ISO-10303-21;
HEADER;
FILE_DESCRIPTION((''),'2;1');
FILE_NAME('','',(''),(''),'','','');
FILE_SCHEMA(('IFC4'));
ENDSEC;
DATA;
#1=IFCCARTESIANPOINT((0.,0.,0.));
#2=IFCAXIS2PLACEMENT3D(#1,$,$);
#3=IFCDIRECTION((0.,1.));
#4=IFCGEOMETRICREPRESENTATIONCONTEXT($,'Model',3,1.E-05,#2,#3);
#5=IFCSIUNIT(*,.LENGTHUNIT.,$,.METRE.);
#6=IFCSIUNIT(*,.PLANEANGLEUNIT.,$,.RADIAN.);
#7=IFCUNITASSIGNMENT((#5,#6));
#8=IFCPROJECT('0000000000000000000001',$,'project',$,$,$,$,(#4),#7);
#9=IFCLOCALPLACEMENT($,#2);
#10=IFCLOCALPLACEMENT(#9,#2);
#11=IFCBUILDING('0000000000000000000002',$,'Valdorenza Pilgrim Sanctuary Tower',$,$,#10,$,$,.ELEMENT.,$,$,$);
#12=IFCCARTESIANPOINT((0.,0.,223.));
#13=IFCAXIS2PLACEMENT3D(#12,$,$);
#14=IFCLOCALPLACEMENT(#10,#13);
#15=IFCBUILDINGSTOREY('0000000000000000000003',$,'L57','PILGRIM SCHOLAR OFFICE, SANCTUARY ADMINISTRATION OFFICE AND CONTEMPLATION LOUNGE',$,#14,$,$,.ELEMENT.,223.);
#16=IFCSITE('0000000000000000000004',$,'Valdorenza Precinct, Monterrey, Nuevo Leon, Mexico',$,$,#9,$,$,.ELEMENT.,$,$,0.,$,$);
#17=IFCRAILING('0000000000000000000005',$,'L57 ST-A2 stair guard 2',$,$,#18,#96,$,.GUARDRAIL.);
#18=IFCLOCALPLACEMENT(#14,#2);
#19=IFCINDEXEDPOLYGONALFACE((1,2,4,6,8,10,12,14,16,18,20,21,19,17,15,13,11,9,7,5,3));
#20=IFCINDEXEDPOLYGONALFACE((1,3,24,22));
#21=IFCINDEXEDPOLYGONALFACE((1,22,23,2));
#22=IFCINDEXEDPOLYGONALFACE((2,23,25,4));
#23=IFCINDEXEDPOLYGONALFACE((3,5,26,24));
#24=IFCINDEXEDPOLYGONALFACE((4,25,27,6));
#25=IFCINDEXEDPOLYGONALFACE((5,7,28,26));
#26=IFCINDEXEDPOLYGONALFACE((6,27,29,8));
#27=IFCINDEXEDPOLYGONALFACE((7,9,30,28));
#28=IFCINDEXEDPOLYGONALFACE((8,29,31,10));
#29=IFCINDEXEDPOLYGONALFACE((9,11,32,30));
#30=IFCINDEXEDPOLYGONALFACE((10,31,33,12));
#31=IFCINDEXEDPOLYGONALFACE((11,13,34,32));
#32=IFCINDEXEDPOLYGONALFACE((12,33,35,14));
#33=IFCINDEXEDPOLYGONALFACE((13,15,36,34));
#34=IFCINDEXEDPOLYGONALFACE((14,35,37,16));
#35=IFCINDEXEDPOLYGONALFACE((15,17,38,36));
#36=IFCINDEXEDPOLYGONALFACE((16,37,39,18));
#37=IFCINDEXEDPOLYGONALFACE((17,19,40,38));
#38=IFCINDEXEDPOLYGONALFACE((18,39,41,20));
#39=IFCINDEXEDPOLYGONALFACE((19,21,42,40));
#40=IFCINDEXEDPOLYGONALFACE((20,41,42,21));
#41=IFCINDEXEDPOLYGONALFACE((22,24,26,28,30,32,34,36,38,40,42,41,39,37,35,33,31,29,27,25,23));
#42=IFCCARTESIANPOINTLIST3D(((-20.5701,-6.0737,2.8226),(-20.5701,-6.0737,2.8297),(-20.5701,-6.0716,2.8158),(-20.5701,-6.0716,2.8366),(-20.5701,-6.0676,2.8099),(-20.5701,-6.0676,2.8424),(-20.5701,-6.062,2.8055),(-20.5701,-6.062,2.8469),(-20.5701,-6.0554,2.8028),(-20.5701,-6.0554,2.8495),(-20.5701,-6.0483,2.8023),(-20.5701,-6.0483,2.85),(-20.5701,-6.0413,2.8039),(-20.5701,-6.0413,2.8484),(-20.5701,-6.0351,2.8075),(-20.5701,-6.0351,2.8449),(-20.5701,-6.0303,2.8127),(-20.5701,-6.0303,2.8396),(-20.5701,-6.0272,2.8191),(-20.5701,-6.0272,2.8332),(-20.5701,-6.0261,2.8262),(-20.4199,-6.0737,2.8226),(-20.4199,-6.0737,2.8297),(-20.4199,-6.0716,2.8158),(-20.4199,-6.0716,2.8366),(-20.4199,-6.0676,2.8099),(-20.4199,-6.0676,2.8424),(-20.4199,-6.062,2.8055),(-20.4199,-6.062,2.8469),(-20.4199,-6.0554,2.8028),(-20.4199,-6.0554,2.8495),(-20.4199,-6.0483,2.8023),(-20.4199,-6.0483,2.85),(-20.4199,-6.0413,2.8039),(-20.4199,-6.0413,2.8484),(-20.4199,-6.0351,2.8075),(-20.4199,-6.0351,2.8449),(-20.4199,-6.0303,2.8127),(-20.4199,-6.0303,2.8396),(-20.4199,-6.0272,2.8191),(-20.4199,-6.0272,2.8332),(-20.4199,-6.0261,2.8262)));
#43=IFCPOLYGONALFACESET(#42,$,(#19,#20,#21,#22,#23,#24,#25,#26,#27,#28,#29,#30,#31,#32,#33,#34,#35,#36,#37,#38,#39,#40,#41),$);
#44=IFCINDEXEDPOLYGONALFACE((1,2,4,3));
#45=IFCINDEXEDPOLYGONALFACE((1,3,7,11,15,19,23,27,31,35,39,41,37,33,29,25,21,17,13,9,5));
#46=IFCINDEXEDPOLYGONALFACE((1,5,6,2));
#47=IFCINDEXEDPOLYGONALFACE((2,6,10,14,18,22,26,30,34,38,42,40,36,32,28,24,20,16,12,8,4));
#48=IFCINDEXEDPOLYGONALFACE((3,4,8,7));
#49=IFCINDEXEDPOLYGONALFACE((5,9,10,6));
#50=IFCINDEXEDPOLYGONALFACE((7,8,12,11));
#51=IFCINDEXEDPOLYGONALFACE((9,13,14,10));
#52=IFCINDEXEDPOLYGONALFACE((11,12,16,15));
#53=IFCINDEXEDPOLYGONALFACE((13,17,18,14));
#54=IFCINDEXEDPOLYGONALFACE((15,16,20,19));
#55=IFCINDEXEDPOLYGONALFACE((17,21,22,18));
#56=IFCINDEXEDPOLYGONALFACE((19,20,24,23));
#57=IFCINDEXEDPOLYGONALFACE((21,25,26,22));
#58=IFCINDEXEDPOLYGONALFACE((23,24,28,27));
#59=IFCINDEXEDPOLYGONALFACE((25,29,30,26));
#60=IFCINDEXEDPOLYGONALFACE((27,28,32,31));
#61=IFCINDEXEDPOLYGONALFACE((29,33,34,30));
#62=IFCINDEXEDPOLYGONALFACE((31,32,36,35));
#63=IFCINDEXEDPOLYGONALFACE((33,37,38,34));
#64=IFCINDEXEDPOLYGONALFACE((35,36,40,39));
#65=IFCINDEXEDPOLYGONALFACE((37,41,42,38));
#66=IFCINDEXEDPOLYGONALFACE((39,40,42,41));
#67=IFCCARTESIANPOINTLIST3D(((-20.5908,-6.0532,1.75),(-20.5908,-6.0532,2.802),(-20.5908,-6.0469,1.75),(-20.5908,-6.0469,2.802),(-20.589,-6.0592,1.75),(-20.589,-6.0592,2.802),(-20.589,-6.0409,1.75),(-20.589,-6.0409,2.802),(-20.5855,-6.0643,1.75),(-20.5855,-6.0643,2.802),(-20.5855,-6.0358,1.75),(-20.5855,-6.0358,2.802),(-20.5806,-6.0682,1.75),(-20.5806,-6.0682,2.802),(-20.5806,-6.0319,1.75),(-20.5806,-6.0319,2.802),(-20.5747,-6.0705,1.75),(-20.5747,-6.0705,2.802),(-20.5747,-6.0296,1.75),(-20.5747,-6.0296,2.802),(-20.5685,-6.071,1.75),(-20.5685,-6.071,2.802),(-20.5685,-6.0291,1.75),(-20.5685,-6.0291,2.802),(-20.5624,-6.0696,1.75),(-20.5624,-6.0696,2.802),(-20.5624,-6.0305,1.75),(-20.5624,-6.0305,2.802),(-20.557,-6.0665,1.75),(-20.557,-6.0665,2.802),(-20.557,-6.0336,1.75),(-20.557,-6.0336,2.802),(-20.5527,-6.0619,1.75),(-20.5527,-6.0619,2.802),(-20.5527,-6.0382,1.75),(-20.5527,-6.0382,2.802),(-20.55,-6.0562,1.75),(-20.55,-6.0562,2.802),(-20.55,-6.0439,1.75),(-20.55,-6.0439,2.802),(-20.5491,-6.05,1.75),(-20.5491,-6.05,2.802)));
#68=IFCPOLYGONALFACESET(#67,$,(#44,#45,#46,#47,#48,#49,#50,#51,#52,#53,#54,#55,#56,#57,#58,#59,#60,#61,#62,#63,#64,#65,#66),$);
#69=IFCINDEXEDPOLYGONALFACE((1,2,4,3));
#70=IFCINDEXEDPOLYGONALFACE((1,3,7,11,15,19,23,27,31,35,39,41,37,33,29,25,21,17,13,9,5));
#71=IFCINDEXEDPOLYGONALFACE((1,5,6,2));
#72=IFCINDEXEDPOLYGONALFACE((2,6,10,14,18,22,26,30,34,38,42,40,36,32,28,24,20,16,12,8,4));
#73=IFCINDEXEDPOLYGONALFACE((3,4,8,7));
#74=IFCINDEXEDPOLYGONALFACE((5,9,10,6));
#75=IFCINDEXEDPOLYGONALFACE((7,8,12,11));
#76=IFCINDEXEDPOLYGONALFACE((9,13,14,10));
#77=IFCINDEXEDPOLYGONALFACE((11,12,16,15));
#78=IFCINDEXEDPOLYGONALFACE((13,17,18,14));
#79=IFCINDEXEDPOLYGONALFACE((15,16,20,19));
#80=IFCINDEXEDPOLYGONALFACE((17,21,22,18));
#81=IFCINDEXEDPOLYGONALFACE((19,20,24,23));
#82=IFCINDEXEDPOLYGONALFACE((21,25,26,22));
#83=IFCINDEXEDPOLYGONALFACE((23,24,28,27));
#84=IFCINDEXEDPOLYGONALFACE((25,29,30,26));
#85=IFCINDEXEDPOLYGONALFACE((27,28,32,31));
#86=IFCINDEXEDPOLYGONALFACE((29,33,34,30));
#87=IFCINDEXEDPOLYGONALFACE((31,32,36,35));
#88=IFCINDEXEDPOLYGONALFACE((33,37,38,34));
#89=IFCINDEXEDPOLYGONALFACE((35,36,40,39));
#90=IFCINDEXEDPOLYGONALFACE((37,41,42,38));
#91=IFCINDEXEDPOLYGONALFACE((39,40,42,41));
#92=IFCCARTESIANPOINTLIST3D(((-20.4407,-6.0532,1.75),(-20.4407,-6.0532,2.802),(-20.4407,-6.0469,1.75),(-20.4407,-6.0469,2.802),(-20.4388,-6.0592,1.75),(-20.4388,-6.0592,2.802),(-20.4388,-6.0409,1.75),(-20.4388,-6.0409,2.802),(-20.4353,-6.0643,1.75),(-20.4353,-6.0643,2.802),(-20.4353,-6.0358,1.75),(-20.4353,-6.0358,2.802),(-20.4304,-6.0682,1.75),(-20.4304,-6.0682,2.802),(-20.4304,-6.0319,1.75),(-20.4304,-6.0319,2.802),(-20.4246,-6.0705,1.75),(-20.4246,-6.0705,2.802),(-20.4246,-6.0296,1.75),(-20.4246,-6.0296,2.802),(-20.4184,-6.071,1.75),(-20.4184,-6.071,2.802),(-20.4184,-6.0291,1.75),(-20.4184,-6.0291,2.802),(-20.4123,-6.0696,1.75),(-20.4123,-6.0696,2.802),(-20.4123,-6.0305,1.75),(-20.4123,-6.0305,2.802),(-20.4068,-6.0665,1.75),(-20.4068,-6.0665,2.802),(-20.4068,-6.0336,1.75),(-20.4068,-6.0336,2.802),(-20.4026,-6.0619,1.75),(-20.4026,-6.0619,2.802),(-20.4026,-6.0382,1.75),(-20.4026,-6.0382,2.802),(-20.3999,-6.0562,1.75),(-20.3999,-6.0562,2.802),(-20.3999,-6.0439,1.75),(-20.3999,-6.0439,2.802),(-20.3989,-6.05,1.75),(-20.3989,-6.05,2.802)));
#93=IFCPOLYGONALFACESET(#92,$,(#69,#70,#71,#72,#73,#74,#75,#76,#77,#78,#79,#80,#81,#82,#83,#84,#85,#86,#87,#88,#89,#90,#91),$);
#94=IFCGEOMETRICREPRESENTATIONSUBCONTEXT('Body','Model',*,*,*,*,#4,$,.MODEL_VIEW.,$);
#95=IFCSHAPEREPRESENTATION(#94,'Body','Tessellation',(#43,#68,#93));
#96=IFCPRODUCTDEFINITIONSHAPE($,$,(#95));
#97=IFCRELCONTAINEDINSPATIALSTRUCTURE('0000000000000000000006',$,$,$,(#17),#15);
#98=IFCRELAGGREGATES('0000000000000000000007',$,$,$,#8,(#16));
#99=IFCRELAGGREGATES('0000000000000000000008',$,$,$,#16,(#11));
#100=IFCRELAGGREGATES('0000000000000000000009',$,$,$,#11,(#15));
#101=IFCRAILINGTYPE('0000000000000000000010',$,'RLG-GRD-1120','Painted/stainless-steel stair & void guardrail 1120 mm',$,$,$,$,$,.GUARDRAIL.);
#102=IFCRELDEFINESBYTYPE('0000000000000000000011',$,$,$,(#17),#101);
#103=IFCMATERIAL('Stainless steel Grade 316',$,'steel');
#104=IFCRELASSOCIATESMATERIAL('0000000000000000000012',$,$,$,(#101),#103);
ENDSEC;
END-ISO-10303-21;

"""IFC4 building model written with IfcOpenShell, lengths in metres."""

from ifc_helpers import new_model, si_unit, direction, frame, origin, origin_2d, place, context, subcontext, project, spatial, circle, extrude, material, type_object, element, save


model = new_model("IFC4")

# Units and contexts
model_context = context("Model", 3, precision=1e-05, world=origin(), true_north=direction((0.0, 1.0)))
body_context = subcontext(model_context, "Body", "Model", "MODEL_VIEW")
ifc_project = project(units=[si_unit("LENGTHUNIT", "METRE"), si_unit("PLANEANGLEUNIT", "RADIAN")], contexts=[model_context])

# Site, building, storey
site_placement = place(None, origin())
site = spatial("IfcSite", under=ifc_project, at=site_placement, Name="Valdorenza Precinct, Monterrey, Nuevo Leon, Mexico", CompositionType="ELEMENT", RefElevation=0.0)
building_placement = place(site_placement, origin())
building = spatial("IfcBuilding", under=site, at=building_placement, Name="Valdorenza Pilgrim Sanctuary Tower", CompositionType="ELEMENT")
storey_placement = place(building_placement, frame((0.0, 0.0, 223.0)))
storey = spatial("IfcBuildingStorey", under=building, at=storey_placement, Name="L57", Description="PILGRIM SCHOLAR OFFICE, SANCTUARY ADMINISTRATION OFFICE AND CONTEMPLATION LOUNGE", CompositionType="ELEMENT", Elevation=223.0)

# Railing
ifc_material_1 = material(Name="Stainless steel Grade 316", Category="steel")
railing_type_1 = type_object("IfcRailingType", Name="RLG-GRD-1120", Description="Painted/stainless-steel stair & void guardrail 1120 mm", PredefinedType="GUARDRAIL", material=ifc_material_1)
railing_1_placement = place(storey_placement, frame((-20.5701, -6.05, 1.75)))
element("IfcRailing", 1, at=railing_1_placement, inside=storey, type_object=railing_type_1, Name="L57 ST-A2 stair guard 2", PredefinedType="GUARDRAIL", context=body_context, shape_type="SweptSolid", body=[
    extrude(circle(Radius=0.0239, at=origin_2d()), frame((0.0, 0.0, 1.0762), z_axis=(1.0, 0.0, 0.0), x_axis=(0.0, 1.0, 0.0)), (0.0, 0.0, 1.0), 0.1501),
    extrude(circle(Radius=0.021, at=origin_2d()), origin(), (0.0, 0.0, 1.0), 1.052),
    extrude(circle(Radius=0.021, at=origin_2d()), frame((0.1501, 0.0, 0.0)), (0.0, 0.0, 1.0), 1.052),
])

save(model, "model.ifc")
